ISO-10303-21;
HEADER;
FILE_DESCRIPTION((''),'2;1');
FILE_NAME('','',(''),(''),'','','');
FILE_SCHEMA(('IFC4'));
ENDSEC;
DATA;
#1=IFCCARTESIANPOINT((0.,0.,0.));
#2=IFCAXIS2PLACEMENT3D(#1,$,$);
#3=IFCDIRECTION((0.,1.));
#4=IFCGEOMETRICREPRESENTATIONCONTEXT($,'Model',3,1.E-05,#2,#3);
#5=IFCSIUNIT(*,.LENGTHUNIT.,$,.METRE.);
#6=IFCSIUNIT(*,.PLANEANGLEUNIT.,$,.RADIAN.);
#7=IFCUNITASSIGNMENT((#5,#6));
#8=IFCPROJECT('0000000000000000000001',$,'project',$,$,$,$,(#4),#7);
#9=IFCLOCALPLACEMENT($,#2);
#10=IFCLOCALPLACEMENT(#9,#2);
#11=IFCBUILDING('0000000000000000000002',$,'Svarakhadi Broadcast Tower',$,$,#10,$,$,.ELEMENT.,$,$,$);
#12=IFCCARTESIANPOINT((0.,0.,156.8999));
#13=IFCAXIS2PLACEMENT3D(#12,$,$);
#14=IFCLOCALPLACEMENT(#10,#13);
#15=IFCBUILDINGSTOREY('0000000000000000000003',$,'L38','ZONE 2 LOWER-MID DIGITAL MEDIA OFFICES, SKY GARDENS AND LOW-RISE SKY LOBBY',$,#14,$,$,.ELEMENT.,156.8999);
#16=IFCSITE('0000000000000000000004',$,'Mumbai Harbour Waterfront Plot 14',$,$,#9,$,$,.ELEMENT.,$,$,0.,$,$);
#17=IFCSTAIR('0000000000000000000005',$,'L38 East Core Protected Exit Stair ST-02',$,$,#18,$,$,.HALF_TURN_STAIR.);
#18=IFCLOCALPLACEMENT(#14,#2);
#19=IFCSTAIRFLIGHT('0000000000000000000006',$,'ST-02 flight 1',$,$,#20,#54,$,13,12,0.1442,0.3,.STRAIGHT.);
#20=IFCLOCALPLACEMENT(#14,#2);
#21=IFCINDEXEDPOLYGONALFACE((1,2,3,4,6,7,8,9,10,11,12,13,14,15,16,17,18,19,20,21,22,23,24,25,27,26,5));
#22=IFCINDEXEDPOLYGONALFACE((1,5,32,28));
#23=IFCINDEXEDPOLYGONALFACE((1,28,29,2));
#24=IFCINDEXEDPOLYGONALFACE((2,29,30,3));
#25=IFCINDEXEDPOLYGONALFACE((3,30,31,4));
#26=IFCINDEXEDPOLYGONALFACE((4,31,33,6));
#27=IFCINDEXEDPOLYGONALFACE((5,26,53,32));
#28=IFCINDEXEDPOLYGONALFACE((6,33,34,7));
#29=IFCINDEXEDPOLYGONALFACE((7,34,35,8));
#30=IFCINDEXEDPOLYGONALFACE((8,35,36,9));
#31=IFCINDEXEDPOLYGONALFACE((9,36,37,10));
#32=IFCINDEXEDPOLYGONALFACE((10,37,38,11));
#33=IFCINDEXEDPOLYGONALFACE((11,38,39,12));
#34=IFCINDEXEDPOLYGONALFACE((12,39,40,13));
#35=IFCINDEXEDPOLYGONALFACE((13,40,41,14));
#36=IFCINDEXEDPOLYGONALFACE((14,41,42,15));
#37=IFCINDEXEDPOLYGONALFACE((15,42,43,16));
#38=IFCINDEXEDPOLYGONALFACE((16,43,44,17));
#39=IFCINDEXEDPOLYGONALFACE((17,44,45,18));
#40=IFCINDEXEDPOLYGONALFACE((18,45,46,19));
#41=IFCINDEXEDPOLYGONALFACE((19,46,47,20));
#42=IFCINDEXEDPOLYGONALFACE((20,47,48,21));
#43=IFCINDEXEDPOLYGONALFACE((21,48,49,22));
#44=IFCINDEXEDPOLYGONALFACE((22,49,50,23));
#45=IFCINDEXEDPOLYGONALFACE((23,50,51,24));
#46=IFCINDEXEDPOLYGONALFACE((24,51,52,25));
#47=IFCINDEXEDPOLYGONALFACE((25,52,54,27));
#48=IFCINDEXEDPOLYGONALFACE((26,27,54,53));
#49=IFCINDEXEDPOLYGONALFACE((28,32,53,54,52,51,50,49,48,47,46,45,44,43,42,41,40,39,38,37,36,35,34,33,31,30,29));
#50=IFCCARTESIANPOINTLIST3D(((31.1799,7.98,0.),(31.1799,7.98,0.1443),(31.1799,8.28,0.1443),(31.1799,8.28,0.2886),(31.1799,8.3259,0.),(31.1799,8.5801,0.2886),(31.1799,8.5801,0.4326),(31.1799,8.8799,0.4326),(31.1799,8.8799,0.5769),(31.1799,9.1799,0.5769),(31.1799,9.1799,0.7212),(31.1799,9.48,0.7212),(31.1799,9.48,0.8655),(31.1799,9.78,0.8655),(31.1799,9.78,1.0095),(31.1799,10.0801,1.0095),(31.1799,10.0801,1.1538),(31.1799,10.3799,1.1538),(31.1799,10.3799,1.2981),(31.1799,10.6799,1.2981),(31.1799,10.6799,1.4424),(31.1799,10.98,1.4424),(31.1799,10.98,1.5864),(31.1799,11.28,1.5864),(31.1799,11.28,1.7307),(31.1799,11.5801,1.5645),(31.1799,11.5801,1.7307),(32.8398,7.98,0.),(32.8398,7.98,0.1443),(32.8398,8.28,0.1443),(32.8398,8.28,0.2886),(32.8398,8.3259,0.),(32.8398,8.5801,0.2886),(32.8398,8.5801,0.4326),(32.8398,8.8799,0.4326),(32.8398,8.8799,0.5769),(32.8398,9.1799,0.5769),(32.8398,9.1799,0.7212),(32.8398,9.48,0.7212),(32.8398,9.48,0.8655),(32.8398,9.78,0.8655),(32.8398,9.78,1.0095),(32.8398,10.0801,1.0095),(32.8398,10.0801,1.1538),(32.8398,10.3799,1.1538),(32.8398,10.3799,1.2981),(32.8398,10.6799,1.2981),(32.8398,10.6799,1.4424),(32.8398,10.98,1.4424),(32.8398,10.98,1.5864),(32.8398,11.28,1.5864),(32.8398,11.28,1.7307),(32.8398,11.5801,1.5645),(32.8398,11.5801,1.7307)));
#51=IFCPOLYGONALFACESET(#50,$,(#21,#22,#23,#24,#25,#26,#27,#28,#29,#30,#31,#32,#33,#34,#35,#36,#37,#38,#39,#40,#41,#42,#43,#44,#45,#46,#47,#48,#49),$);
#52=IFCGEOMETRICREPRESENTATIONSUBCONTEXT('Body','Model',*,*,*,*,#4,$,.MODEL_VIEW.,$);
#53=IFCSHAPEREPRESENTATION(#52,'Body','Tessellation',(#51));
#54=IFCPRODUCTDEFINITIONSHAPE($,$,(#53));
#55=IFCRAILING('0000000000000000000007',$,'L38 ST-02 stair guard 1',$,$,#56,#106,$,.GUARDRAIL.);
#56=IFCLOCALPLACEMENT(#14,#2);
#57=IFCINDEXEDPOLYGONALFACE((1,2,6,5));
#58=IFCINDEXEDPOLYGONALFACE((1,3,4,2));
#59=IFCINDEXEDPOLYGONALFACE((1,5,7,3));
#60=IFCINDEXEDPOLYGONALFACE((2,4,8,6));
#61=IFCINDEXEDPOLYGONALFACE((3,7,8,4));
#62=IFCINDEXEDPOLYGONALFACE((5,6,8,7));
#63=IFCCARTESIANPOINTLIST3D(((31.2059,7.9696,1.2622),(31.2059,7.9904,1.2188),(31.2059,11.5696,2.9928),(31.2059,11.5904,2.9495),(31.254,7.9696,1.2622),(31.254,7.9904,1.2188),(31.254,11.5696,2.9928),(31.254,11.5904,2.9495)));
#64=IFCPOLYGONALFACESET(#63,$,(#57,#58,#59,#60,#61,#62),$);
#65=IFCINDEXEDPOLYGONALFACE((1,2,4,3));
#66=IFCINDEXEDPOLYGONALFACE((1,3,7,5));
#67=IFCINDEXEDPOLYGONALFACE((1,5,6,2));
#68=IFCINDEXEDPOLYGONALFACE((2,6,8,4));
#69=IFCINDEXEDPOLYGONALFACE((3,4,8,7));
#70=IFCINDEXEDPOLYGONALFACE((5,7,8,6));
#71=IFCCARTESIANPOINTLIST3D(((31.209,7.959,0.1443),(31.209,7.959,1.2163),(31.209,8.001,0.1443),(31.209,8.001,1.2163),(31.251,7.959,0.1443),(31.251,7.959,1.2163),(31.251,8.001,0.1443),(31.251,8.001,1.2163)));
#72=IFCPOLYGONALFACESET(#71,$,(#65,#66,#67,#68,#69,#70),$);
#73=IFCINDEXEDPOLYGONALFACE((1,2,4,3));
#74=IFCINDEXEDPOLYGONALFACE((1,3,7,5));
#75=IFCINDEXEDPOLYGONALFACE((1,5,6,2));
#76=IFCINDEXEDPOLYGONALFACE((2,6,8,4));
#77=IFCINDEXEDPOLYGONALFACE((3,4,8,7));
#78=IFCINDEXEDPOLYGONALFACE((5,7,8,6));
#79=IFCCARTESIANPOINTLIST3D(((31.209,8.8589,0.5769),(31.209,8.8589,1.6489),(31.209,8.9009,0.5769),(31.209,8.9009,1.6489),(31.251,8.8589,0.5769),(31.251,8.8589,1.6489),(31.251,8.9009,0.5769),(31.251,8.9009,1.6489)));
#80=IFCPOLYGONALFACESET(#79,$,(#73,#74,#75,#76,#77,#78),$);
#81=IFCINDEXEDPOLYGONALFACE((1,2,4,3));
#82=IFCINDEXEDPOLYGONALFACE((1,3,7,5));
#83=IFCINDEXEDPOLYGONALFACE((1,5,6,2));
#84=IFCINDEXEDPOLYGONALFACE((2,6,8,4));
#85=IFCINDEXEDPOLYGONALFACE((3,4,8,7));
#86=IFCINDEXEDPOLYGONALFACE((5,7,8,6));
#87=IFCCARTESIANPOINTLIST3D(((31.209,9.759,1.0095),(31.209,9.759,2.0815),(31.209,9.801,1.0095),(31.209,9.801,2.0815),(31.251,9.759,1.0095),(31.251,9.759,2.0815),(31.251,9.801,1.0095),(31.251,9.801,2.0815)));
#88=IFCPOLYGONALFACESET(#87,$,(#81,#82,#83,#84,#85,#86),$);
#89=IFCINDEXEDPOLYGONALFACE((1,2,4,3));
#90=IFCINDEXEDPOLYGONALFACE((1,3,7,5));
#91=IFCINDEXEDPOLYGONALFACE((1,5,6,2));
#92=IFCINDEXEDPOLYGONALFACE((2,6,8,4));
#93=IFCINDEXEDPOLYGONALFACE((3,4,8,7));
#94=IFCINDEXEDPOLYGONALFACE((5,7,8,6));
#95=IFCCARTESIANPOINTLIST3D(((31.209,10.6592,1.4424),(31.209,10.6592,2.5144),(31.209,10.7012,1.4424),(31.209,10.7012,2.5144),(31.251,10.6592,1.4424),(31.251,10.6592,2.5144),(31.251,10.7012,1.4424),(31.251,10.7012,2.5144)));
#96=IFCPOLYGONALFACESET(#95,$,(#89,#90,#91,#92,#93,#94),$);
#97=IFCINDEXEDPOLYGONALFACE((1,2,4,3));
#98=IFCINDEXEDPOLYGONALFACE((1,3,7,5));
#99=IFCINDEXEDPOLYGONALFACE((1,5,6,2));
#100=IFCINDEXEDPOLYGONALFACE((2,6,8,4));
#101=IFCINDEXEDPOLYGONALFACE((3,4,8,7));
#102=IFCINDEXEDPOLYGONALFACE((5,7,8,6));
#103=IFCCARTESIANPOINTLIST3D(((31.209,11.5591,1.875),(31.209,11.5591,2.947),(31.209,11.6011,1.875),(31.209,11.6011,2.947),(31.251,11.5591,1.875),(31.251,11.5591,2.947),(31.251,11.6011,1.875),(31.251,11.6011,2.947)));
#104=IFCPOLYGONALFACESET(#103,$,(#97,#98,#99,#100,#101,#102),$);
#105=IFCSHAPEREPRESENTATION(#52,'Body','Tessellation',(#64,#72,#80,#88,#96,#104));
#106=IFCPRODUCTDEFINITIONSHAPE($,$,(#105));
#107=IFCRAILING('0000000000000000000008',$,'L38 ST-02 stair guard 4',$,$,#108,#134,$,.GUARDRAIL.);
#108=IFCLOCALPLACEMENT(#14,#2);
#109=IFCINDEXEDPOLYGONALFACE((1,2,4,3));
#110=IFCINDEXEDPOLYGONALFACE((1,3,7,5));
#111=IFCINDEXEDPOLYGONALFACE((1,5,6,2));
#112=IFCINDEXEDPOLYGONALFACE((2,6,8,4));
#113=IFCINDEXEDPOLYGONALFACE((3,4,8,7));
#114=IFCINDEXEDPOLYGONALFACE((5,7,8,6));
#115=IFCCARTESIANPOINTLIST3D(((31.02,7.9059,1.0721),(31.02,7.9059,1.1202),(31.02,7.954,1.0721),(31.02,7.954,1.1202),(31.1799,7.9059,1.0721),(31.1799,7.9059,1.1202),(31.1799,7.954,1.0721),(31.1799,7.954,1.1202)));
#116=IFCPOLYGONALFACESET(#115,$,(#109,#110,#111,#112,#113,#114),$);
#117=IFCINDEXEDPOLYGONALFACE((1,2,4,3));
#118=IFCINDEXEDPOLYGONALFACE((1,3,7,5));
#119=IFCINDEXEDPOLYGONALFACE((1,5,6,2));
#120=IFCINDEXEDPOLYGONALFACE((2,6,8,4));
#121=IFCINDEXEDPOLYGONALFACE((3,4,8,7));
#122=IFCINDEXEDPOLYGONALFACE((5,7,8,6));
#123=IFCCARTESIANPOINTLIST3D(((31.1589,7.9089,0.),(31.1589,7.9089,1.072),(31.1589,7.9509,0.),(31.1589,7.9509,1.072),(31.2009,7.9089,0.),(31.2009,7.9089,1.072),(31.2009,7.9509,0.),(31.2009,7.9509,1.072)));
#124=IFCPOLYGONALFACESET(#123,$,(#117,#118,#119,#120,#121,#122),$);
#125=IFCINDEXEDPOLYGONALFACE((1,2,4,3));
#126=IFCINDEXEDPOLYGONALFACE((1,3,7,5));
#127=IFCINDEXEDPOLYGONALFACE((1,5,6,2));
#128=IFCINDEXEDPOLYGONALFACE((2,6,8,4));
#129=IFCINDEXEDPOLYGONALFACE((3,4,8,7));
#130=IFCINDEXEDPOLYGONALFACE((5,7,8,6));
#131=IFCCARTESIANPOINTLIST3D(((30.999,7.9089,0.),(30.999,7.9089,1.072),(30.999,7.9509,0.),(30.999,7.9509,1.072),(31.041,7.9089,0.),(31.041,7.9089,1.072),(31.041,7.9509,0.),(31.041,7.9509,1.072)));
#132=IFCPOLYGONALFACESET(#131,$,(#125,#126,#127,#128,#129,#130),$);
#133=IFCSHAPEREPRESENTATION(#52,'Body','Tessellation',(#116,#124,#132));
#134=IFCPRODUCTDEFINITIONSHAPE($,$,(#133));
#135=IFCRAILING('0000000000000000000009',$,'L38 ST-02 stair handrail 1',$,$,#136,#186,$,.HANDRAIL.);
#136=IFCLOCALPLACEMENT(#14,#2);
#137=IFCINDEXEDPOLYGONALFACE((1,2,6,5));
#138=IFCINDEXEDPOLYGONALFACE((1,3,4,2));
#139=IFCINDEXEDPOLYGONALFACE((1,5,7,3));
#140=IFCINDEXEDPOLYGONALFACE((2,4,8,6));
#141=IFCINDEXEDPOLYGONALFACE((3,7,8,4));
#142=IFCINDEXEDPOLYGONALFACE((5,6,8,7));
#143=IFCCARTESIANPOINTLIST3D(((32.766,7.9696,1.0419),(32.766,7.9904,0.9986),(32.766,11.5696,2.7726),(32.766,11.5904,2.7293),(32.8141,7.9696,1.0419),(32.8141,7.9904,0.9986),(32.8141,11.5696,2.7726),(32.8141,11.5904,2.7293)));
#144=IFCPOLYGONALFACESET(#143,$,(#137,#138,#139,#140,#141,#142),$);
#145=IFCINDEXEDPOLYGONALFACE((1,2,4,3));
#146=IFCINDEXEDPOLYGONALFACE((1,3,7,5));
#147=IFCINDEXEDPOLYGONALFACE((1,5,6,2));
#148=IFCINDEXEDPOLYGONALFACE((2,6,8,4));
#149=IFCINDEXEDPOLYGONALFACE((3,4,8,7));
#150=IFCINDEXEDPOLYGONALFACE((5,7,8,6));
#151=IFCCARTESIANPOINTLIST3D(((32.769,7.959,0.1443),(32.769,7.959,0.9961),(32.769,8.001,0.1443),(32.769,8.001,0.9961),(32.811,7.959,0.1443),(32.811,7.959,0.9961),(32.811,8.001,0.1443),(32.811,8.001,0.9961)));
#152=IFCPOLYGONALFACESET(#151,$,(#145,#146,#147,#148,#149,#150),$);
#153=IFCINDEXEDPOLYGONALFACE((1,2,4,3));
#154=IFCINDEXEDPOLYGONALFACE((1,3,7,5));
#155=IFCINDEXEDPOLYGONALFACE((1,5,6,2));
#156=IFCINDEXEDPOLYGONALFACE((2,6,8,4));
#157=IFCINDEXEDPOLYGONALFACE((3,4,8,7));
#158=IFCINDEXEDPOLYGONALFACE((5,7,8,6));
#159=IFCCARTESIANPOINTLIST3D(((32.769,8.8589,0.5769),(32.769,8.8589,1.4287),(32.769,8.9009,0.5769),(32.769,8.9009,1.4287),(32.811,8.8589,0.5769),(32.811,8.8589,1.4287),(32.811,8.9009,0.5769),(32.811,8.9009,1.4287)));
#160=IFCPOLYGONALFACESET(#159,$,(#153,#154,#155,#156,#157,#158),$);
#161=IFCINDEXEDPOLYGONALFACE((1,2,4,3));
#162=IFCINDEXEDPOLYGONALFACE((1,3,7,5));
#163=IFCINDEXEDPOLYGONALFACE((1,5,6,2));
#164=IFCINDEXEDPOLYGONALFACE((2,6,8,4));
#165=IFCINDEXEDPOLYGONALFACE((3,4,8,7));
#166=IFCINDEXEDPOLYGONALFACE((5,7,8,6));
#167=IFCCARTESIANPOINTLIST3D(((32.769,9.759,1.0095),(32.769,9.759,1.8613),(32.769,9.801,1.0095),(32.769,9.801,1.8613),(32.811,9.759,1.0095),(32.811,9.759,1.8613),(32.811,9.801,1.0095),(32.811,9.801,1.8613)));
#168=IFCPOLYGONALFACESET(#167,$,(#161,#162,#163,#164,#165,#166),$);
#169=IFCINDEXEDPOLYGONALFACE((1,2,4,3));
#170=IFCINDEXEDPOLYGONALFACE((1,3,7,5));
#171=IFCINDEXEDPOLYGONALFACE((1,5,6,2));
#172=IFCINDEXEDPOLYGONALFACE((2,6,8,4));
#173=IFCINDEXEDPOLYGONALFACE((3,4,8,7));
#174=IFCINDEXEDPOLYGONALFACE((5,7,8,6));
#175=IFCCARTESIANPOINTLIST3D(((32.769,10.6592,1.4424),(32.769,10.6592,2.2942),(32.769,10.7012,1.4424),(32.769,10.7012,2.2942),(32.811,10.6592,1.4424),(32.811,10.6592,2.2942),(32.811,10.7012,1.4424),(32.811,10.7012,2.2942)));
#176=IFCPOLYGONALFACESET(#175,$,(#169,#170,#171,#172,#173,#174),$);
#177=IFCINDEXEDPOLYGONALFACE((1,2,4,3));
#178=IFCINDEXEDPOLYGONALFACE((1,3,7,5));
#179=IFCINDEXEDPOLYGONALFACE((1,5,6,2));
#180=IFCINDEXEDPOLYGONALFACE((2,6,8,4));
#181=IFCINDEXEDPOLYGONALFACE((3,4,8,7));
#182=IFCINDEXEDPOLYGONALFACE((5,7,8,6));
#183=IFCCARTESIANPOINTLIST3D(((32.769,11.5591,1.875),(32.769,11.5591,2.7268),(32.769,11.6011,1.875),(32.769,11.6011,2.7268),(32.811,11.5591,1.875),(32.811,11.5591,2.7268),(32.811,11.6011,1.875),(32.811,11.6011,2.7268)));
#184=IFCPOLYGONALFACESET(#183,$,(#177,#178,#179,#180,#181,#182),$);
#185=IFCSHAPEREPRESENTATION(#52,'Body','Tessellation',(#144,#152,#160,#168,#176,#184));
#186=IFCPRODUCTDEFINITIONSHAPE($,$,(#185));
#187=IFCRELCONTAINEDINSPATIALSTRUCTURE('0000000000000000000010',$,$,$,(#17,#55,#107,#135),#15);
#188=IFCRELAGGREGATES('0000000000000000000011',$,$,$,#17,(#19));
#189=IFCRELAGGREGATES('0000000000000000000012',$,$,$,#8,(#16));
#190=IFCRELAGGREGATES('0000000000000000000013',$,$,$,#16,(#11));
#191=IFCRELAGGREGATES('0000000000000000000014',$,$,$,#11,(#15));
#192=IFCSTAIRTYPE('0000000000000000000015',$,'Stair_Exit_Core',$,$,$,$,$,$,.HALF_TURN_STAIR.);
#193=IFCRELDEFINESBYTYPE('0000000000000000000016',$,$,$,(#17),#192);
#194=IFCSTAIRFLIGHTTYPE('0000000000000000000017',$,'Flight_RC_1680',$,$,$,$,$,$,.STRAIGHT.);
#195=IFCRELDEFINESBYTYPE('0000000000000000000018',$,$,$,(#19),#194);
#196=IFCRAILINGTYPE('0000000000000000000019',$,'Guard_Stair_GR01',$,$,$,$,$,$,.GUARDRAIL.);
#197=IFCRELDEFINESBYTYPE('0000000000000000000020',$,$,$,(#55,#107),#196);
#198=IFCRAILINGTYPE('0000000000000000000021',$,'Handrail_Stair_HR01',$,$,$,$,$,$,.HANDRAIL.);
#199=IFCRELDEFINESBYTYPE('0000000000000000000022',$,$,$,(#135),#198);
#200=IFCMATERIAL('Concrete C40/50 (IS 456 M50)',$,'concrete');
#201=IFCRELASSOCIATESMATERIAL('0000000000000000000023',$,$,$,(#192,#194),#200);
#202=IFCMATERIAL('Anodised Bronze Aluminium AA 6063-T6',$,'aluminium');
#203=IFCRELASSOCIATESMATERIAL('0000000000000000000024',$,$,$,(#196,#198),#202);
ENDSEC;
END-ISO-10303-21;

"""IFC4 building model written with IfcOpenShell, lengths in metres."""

from ifc_helpers import new_model, si_unit, direction, frame, origin, origin_2d, place, context, subcontext, project, spatial, polyline, rectangle, outline, extrude, material, type_object, element, aggregate, save


model = new_model("IFC4")

# Units and contexts
model_context = context("Model", 3, precision=1e-05, world=origin(), true_north=direction((0.0, 1.0)))
body_context = subcontext(model_context, "Body", "Model", "MODEL_VIEW")
ifc_project = project(units=[si_unit("LENGTHUNIT", "METRE"), si_unit("PLANEANGLEUNIT", "RADIAN")], contexts=[model_context])

# Site, building, storey
site_placement = place(None, origin())
site = spatial("IfcSite", under=ifc_project, at=site_placement, Name="Mumbai Harbour Waterfront Plot 14", CompositionType="ELEMENT", RefElevation=0.0)
building_placement = place(site_placement, origin())
building = spatial("IfcBuilding", under=site, at=building_placement, Name="Svarakhadi Broadcast Tower", CompositionType="ELEMENT")
storey_placement = place(building_placement, frame((0.0, 0.0, 156.8999)))
storey = spatial("IfcBuildingStorey", under=building, at=storey_placement, Name="L38", Description="ZONE 2 LOWER-MID DIGITAL MEDIA OFFICES, SKY GARDENS AND LOW-RISE SKY LOBBY", CompositionType="ELEMENT", Elevation=156.8999)

# Shared definitions
ifc_material_1 = material(Name="Anodised Bronze Aluminium AA 6063-T6", Category="aluminium")

# Shared definitions
ifc_material_2 = material(Name="Concrete C40/50 (IS 456 M50)", Category="concrete")

# Stair, stair flight
stair_type = type_object("IfcStairType", Name="Stair_Exit_Core", PredefinedType="HALF_TURN_STAIR", material=ifc_material_2)
stair_placement = place(storey_placement, origin())
stair = element("IfcStair", 1, at=stair_placement, inside=storey, type_object=stair_type, Name="L38 East Core Protected Exit Stair ST-02", PredefinedType="HALF_TURN_STAIR")
stair_flight_type = type_object("IfcStairFlightType", Name="Flight_RC_1680", PredefinedType="STRAIGHT", material=ifc_material_2)
stair_flight_placement = place(storey_placement, frame((32.01, 7.98, 0.0), z_axis=(0.0, 0.0, 1.0), x_axis=(0.0, 1.0, 0.0)))
stair_flight = element("IfcStairFlight", 2, at=stair_flight_placement, type_object=stair_flight_type, Name="ST-02 flight 1", NumberOfRisers=13, NumberOfTreads=12, PredefinedType="STRAIGHT", RiserHeight=0.1442, TreadLength=0.3, context=body_context, shape_type="SweptSolid", body=[
    extrude(outline(polyline([(0.0, 0.0), (0.0, 0.1443), (0.3, 0.1443), (0.3, 0.2886), (0.6001, 0.2886), (0.6001, 0.4326), (0.8999, 0.4326), (0.8999, 0.5769), (1.2, 0.5769), (1.2, 0.7212), (1.5, 0.7212), (1.5, 0.8655), (1.8, 0.8655), (1.8, 1.0095), (2.1001, 1.0095), (2.1001, 1.1538), (2.3999, 1.1538), (2.3999, 1.2981), (2.7, 1.2981), (2.7, 1.4424), (3.0, 1.4424), (3.0, 1.5864), (3.3, 1.5864), (3.3, 1.7307), (3.6001, 1.7307), (3.6001, 1.875), (3.6001, 1.5645), (0.3459, 0.0), (0.0, 0.0)])), frame((0.0, 0.8301, 0.0), z_axis=(0.0, -1.0, 0.0), x_axis=(1.0, 0.0, 0.0)), (0.0, 0.0, 1.0), 1.6599),
])
aggregate(stair, [stair_flight])

# Railings
railing_type_1 = type_object("IfcRailingType", Name="Guard_Stair_GR01", PredefinedType="GUARDRAIL", material=ifc_material_1)
railing_1_placement = place(storey_placement, frame((31.23, 7.98, 0.1443)))
element("IfcRailing", 3, at=railing_1_placement, inside=storey, type_object=railing_type_1, Name="L38 ST-02 stair guard 1", PredefinedType="GUARDRAIL", context=body_context, shape_type="SweptSolid", body=[
    extrude(rectangle(XDim=0.0481, YDim=0.0481, at=origin_2d()), frame((0.0, 0.0, 1.0962), z_axis=(0.0, 0.901263, 0.433273), x_axis=(-1.0, 0.0, 0.0)), (0.0, 0.0, 1.0), 3.9944),
    extrude(rectangle(XDim=0.042, YDim=0.042, at=origin_2d()), origin(), (0.0, 0.0, 1.0), 1.072),
    extrude(rectangle(XDim=0.042, YDim=0.042, at=origin_2d()), frame((0.0, 0.8999, 0.4326)), (0.0, 0.0, 1.0), 1.072),
    extrude(rectangle(XDim=0.042, YDim=0.042, at=origin_2d()), frame((0.0, 1.8, 0.8652)), (0.0, 0.0, 1.0), 1.072),
    extrude(rectangle(XDim=0.042, YDim=0.042, at=origin_2d()), frame((0.0, 2.7002, 1.2981)), (0.0, 0.0, 1.0), 1.072),
    extrude(rectangle(XDim=0.042, YDim=0.042, at=origin_2d()), frame((0.0, 3.6001, 1.7307)), (0.0, 0.0, 1.0), 1.072),
])
railing_2_placement = place(storey_placement, frame((31.1799, 7.9299, 0.0)))
element("IfcRailing", 4, at=railing_2_placement, inside=storey, type_object=railing_type_1, Name="L38 ST-02 stair guard 4", PredefinedType="GUARDRAIL", context=body_context, shape_type="SweptSolid", body=[
    extrude(rectangle(XDim=0.0481, YDim=0.0481, at=origin_2d()), frame((0.0, 0.0, 1.0962), z_axis=(-1.0, 0.0, 0.0), x_axis=(0.0, -1.0, 0.0)), (0.0, 0.0, 1.0), 0.1599),
    extrude(rectangle(XDim=0.042, YDim=0.042, at=origin_2d()), origin(), (0.0, 0.0, 1.0), 1.072),
    extrude(rectangle(XDim=0.042, YDim=0.042, at=origin_2d()), frame((-0.1599, 0.0, 0.0)), (0.0, 0.0, 1.0), 1.072),
])
railing_type_2 = type_object("IfcRailingType", Name="Handrail_Stair_HR01", PredefinedType="HANDRAIL", material=ifc_material_1)
railing_3_placement = place(storey_placement, frame((32.79, 7.98, 0.1443)))
element("IfcRailing", 5, at=railing_3_placement, inside=storey, type_object=railing_type_2, Name="L38 ST-02 stair handrail 1", PredefinedType="HANDRAIL", context=body_context, shape_type="SweptSolid", body=[
    extrude(rectangle(XDim=0.0481, YDim=0.0481, at=origin_2d()), frame((0.0, 0.0, 0.876), z_axis=(0.0, 0.901263, 0.433273), x_axis=(-1.0, 0.0, 0.0)), (0.0, 0.0, 1.0), 3.9944),
    extrude(rectangle(XDim=0.042, YDim=0.042, at=origin_2d()), origin(), (0.0, 0.0, 1.0), 0.8518),
    extrude(rectangle(XDim=0.042, YDim=0.042, at=origin_2d()), frame((0.0, 0.8999, 0.4326)), (0.0, 0.0, 1.0), 0.8518),
    extrude(rectangle(XDim=0.042, YDim=0.042, at=origin_2d()), frame((0.0, 1.8, 0.8652)), (0.0, 0.0, 1.0), 0.8518),
    extrude(rectangle(XDim=0.042, YDim=0.042, at=origin_2d()), frame((0.0, 2.7002, 1.2981)), (0.0, 0.0, 1.0), 0.8518),
    extrude(rectangle(XDim=0.042, YDim=0.042, at=origin_2d()), frame((0.0, 3.6001, 1.7307)), (0.0, 0.0, 1.0), 0.8518),
])

save(model, "model.ifc")
